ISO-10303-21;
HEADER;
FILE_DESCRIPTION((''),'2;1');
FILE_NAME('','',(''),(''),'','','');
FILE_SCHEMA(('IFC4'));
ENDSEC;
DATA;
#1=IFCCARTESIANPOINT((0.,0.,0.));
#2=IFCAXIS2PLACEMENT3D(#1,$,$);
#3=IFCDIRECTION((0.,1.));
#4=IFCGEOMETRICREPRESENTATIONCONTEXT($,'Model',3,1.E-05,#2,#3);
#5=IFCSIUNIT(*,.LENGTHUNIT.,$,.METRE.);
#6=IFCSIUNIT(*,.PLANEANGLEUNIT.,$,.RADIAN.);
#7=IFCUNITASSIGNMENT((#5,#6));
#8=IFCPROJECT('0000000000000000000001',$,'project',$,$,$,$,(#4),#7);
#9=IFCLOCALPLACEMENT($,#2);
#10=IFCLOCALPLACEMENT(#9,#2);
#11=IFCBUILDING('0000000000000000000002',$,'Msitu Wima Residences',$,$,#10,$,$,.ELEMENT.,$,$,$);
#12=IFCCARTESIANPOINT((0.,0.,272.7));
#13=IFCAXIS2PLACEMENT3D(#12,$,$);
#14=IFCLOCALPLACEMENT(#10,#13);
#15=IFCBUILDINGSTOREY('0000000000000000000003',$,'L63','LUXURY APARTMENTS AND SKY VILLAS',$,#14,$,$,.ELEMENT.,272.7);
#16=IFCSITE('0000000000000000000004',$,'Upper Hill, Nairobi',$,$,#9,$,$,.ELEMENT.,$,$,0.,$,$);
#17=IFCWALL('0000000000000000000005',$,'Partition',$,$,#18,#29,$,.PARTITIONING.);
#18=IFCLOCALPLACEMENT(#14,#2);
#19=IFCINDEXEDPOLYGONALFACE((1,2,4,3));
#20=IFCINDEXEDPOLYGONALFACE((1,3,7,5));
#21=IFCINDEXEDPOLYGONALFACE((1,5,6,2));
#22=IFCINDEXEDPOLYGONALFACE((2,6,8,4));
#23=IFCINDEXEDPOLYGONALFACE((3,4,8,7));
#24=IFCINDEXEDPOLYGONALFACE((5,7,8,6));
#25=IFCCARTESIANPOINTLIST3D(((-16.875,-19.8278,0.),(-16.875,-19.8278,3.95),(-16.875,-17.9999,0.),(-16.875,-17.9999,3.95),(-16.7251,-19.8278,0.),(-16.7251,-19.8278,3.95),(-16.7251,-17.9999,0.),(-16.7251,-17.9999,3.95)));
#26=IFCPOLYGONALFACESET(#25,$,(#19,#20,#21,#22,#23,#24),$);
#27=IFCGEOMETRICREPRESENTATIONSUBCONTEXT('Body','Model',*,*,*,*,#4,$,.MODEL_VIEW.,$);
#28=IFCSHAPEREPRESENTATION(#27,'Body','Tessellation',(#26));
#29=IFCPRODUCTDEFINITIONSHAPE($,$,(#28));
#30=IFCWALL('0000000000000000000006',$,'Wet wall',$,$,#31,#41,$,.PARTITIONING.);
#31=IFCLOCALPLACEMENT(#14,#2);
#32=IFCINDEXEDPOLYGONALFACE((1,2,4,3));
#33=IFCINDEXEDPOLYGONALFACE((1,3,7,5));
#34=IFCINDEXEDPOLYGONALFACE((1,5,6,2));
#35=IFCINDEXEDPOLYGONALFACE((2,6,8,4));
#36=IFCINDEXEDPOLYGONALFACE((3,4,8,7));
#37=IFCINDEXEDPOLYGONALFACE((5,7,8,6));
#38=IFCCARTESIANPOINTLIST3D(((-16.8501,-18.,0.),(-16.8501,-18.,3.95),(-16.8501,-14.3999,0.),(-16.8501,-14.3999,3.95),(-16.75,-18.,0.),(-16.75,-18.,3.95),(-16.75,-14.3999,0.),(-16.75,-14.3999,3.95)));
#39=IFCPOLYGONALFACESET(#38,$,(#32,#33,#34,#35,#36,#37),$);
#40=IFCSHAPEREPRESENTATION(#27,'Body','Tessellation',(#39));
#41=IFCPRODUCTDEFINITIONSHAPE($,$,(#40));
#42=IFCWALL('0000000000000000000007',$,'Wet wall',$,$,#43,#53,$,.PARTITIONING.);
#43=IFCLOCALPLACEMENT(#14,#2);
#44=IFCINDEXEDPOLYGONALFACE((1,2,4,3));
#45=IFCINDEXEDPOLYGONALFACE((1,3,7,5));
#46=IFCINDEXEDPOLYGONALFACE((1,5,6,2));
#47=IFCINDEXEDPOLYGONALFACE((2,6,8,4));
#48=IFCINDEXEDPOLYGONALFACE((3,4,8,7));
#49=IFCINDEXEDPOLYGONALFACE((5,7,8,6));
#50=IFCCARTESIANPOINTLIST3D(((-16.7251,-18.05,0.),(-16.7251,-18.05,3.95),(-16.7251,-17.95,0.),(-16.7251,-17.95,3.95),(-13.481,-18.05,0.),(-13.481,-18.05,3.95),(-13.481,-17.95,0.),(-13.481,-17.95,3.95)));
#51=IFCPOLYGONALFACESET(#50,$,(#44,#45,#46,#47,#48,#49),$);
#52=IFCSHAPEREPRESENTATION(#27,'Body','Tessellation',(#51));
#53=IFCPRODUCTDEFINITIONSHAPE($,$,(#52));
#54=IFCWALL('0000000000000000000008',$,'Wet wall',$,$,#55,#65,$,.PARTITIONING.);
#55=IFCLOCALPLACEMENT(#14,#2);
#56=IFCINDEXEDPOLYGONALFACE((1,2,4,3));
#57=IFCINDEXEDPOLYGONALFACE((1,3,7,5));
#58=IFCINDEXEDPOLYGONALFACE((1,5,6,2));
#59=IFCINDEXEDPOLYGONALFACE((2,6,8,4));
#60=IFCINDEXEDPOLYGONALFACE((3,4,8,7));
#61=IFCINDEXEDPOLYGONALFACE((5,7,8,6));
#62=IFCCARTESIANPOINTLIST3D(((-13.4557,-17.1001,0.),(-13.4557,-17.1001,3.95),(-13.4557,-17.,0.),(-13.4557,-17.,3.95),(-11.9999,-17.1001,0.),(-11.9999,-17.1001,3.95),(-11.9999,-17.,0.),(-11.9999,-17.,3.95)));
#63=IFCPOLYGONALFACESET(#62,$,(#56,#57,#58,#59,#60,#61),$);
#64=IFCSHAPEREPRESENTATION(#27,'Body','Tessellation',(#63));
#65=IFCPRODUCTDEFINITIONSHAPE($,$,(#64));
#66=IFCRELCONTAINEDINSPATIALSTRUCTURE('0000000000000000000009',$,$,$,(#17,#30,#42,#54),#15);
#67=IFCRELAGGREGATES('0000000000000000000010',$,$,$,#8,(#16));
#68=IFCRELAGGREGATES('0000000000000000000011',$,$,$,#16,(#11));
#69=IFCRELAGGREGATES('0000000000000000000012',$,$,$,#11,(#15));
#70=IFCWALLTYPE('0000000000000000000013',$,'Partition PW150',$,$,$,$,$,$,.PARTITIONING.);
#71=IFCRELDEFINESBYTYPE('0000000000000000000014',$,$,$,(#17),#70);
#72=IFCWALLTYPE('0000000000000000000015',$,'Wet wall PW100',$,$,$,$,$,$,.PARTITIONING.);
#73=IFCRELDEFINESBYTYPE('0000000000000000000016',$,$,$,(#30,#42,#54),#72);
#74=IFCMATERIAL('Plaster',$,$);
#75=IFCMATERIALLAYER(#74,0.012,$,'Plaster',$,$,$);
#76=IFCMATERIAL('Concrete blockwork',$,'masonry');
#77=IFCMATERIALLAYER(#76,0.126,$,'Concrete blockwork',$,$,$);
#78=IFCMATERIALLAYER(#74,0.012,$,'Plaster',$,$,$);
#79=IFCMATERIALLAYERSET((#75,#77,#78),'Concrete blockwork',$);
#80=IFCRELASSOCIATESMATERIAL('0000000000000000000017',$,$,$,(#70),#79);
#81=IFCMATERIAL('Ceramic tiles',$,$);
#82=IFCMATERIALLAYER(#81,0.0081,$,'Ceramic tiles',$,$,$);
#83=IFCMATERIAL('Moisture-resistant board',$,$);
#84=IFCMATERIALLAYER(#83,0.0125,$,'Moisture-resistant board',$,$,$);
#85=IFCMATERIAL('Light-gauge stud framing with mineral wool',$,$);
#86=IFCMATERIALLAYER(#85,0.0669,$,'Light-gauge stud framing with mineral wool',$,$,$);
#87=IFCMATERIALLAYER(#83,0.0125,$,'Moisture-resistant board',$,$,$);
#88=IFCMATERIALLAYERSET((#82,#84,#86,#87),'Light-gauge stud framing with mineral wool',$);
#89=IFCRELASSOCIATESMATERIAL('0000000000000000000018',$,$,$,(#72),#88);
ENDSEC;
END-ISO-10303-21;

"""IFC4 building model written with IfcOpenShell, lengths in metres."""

from ifc_helpers import new_model, si_unit, direction, frame, frame_2d, origin, place, context, subcontext, project, spatial, rectangle, extrude, material, layer, layer_set, type_object, element, save


model = new_model("IFC4")

# Units and contexts
model_context = context("Model", 3, precision=1e-05, world=origin(), true_north=direction((0.0, 1.0)))
body_context = subcontext(model_context, "Body", "Model", "MODEL_VIEW")
ifc_project = project(units=[si_unit("LENGTHUNIT", "METRE"), si_unit("PLANEANGLEUNIT", "RADIAN")], contexts=[model_context])

# Site, building, storey
site_placement = place(None, origin())
site = spatial("IfcSite", under=ifc_project, at=site_placement, Name="Upper Hill, Nairobi", CompositionType="ELEMENT", RefElevation=0.0)
building_placement = place(site_placement, origin())
building = spatial("IfcBuilding", under=site, at=building_placement, Name="Msitu Wima Residences", CompositionType="ELEMENT")
storey_placement = place(building_placement, frame((0.0, 0.0, 272.7)))
storey = spatial("IfcBuildingStorey", under=building, at=storey_placement, Name="L63", Description="LUXURY APARTMENTS AND SKY VILLAS", CompositionType="ELEMENT", Elevation=272.7)

# Shared definitions
ifc_material_1 = material(Name="Plaster")
ifc_material_2 = material(Name="Concrete blockwork", Category="masonry")

# Shared definitions
ifc_layer_1 = layer(ifc_material_1, 0.012, Name="Plaster")
ifc_layer_2 = layer(ifc_material_2, 0.126, Name="Concrete blockwork")
ifc_layer_3 = layer(ifc_material_1, 0.012, Name="Plaster")
ifc_layer_set_1 = layer_set([ifc_layer_1, ifc_layer_2, ifc_layer_3], Name="Concrete blockwork")
wall_type_1 = type_object("IfcWallType", Name="Partition PW150", PredefinedType="PARTITIONING", material=ifc_layer_set_1)

# Walls
wall_1_placement = place(storey_placement, frame((-16.8, -19.8279, 0.0), z_axis=(0.0, 0.0, 1.0), x_axis=(0.0, 1.0, 0.0)))
element("IfcWall", 1, at=wall_1_placement, inside=storey, type_object=wall_type_1, Name="Partition", PredefinedType="PARTITIONING", context=body_context, shape_type="SweptSolid", body=[
    extrude(rectangle(XDim=1.8279, YDim=0.1499, at=frame_2d((0.9141, 0.0))), origin(), (0.0, 0.0, 1.0), 3.95),
])
ifc_material_3 = material(Name="Ceramic tiles")
ifc_layer_4 = layer(ifc_material_3, 0.0081, Name="Ceramic tiles")
ifc_material_4 = material(Name="Moisture-resistant board")
ifc_layer_5 = layer(ifc_material_4, 0.0125, Name="Moisture-resistant board")
ifc_material_5 = material(Name="Light-gauge stud framing with mineral wool")
ifc_layer_6 = layer(ifc_material_5, 0.0669, Name="Light-gauge stud framing with mineral wool")
ifc_layer_7 = layer(ifc_material_4, 0.0125, Name="Moisture-resistant board")
ifc_layer_set_2 = layer_set([ifc_layer_4, ifc_layer_5, ifc_layer_6, ifc_layer_7], Name="Light-gauge stud framing with mineral wool")
wall_type_2 = type_object("IfcWallType", Name="Wet wall PW100", PredefinedType="PARTITIONING", material=ifc_layer_set_2)
wall_2_placement = place(storey_placement, frame((-16.8, -18.0, 0.0), z_axis=(0.0, 0.0, 1.0), x_axis=(0.0, 1.0, 0.0)))
element("IfcWall", 2, at=wall_2_placement, inside=storey, type_object=wall_type_2, Name="Wet wall", PredefinedType="PARTITIONING", context=body_context, shape_type="SweptSolid", body=[
    extrude(rectangle(XDim=3.6001, YDim=0.1001, at=frame_2d((1.8, 0.0))), origin(), (0.0, 0.0, 1.0), 3.95),
])
wall_3_placement = place(storey_placement, frame((-16.7251, -18.0, 0.0), z_axis=(0.0, 0.0, 1.0), x_axis=(1.0, 0.0, 0.0)))
element("IfcWall", 3, at=wall_3_placement, inside=storey, type_object=wall_type_2, Name="Wet wall", PredefinedType="PARTITIONING", context=body_context, shape_type="SweptSolid", body=[
    extrude(rectangle(XDim=3.2441, YDim=0.1001, at=frame_2d((1.6221, 0.0))), origin(), (0.0, 0.0, 1.0), 3.95),
])
wall_4_placement = place(storey_placement, frame((-13.4558, -17.05, 0.0), z_axis=(0.0, 0.0, 1.0), x_axis=(1.0, 0.0, 0.0)))
element("IfcWall", 4, at=wall_4_placement, inside=storey, type_object=wall_type_2, Name="Wet wall", PredefinedType="PARTITIONING", context=body_context, shape_type="SweptSolid", body=[
    extrude(rectangle(XDim=1.4558, YDim=0.1001, at=frame_2d((0.728, 0.0))), origin(), (0.0, 0.0, 1.0), 3.95),
])

save(model, "model.ifc")
